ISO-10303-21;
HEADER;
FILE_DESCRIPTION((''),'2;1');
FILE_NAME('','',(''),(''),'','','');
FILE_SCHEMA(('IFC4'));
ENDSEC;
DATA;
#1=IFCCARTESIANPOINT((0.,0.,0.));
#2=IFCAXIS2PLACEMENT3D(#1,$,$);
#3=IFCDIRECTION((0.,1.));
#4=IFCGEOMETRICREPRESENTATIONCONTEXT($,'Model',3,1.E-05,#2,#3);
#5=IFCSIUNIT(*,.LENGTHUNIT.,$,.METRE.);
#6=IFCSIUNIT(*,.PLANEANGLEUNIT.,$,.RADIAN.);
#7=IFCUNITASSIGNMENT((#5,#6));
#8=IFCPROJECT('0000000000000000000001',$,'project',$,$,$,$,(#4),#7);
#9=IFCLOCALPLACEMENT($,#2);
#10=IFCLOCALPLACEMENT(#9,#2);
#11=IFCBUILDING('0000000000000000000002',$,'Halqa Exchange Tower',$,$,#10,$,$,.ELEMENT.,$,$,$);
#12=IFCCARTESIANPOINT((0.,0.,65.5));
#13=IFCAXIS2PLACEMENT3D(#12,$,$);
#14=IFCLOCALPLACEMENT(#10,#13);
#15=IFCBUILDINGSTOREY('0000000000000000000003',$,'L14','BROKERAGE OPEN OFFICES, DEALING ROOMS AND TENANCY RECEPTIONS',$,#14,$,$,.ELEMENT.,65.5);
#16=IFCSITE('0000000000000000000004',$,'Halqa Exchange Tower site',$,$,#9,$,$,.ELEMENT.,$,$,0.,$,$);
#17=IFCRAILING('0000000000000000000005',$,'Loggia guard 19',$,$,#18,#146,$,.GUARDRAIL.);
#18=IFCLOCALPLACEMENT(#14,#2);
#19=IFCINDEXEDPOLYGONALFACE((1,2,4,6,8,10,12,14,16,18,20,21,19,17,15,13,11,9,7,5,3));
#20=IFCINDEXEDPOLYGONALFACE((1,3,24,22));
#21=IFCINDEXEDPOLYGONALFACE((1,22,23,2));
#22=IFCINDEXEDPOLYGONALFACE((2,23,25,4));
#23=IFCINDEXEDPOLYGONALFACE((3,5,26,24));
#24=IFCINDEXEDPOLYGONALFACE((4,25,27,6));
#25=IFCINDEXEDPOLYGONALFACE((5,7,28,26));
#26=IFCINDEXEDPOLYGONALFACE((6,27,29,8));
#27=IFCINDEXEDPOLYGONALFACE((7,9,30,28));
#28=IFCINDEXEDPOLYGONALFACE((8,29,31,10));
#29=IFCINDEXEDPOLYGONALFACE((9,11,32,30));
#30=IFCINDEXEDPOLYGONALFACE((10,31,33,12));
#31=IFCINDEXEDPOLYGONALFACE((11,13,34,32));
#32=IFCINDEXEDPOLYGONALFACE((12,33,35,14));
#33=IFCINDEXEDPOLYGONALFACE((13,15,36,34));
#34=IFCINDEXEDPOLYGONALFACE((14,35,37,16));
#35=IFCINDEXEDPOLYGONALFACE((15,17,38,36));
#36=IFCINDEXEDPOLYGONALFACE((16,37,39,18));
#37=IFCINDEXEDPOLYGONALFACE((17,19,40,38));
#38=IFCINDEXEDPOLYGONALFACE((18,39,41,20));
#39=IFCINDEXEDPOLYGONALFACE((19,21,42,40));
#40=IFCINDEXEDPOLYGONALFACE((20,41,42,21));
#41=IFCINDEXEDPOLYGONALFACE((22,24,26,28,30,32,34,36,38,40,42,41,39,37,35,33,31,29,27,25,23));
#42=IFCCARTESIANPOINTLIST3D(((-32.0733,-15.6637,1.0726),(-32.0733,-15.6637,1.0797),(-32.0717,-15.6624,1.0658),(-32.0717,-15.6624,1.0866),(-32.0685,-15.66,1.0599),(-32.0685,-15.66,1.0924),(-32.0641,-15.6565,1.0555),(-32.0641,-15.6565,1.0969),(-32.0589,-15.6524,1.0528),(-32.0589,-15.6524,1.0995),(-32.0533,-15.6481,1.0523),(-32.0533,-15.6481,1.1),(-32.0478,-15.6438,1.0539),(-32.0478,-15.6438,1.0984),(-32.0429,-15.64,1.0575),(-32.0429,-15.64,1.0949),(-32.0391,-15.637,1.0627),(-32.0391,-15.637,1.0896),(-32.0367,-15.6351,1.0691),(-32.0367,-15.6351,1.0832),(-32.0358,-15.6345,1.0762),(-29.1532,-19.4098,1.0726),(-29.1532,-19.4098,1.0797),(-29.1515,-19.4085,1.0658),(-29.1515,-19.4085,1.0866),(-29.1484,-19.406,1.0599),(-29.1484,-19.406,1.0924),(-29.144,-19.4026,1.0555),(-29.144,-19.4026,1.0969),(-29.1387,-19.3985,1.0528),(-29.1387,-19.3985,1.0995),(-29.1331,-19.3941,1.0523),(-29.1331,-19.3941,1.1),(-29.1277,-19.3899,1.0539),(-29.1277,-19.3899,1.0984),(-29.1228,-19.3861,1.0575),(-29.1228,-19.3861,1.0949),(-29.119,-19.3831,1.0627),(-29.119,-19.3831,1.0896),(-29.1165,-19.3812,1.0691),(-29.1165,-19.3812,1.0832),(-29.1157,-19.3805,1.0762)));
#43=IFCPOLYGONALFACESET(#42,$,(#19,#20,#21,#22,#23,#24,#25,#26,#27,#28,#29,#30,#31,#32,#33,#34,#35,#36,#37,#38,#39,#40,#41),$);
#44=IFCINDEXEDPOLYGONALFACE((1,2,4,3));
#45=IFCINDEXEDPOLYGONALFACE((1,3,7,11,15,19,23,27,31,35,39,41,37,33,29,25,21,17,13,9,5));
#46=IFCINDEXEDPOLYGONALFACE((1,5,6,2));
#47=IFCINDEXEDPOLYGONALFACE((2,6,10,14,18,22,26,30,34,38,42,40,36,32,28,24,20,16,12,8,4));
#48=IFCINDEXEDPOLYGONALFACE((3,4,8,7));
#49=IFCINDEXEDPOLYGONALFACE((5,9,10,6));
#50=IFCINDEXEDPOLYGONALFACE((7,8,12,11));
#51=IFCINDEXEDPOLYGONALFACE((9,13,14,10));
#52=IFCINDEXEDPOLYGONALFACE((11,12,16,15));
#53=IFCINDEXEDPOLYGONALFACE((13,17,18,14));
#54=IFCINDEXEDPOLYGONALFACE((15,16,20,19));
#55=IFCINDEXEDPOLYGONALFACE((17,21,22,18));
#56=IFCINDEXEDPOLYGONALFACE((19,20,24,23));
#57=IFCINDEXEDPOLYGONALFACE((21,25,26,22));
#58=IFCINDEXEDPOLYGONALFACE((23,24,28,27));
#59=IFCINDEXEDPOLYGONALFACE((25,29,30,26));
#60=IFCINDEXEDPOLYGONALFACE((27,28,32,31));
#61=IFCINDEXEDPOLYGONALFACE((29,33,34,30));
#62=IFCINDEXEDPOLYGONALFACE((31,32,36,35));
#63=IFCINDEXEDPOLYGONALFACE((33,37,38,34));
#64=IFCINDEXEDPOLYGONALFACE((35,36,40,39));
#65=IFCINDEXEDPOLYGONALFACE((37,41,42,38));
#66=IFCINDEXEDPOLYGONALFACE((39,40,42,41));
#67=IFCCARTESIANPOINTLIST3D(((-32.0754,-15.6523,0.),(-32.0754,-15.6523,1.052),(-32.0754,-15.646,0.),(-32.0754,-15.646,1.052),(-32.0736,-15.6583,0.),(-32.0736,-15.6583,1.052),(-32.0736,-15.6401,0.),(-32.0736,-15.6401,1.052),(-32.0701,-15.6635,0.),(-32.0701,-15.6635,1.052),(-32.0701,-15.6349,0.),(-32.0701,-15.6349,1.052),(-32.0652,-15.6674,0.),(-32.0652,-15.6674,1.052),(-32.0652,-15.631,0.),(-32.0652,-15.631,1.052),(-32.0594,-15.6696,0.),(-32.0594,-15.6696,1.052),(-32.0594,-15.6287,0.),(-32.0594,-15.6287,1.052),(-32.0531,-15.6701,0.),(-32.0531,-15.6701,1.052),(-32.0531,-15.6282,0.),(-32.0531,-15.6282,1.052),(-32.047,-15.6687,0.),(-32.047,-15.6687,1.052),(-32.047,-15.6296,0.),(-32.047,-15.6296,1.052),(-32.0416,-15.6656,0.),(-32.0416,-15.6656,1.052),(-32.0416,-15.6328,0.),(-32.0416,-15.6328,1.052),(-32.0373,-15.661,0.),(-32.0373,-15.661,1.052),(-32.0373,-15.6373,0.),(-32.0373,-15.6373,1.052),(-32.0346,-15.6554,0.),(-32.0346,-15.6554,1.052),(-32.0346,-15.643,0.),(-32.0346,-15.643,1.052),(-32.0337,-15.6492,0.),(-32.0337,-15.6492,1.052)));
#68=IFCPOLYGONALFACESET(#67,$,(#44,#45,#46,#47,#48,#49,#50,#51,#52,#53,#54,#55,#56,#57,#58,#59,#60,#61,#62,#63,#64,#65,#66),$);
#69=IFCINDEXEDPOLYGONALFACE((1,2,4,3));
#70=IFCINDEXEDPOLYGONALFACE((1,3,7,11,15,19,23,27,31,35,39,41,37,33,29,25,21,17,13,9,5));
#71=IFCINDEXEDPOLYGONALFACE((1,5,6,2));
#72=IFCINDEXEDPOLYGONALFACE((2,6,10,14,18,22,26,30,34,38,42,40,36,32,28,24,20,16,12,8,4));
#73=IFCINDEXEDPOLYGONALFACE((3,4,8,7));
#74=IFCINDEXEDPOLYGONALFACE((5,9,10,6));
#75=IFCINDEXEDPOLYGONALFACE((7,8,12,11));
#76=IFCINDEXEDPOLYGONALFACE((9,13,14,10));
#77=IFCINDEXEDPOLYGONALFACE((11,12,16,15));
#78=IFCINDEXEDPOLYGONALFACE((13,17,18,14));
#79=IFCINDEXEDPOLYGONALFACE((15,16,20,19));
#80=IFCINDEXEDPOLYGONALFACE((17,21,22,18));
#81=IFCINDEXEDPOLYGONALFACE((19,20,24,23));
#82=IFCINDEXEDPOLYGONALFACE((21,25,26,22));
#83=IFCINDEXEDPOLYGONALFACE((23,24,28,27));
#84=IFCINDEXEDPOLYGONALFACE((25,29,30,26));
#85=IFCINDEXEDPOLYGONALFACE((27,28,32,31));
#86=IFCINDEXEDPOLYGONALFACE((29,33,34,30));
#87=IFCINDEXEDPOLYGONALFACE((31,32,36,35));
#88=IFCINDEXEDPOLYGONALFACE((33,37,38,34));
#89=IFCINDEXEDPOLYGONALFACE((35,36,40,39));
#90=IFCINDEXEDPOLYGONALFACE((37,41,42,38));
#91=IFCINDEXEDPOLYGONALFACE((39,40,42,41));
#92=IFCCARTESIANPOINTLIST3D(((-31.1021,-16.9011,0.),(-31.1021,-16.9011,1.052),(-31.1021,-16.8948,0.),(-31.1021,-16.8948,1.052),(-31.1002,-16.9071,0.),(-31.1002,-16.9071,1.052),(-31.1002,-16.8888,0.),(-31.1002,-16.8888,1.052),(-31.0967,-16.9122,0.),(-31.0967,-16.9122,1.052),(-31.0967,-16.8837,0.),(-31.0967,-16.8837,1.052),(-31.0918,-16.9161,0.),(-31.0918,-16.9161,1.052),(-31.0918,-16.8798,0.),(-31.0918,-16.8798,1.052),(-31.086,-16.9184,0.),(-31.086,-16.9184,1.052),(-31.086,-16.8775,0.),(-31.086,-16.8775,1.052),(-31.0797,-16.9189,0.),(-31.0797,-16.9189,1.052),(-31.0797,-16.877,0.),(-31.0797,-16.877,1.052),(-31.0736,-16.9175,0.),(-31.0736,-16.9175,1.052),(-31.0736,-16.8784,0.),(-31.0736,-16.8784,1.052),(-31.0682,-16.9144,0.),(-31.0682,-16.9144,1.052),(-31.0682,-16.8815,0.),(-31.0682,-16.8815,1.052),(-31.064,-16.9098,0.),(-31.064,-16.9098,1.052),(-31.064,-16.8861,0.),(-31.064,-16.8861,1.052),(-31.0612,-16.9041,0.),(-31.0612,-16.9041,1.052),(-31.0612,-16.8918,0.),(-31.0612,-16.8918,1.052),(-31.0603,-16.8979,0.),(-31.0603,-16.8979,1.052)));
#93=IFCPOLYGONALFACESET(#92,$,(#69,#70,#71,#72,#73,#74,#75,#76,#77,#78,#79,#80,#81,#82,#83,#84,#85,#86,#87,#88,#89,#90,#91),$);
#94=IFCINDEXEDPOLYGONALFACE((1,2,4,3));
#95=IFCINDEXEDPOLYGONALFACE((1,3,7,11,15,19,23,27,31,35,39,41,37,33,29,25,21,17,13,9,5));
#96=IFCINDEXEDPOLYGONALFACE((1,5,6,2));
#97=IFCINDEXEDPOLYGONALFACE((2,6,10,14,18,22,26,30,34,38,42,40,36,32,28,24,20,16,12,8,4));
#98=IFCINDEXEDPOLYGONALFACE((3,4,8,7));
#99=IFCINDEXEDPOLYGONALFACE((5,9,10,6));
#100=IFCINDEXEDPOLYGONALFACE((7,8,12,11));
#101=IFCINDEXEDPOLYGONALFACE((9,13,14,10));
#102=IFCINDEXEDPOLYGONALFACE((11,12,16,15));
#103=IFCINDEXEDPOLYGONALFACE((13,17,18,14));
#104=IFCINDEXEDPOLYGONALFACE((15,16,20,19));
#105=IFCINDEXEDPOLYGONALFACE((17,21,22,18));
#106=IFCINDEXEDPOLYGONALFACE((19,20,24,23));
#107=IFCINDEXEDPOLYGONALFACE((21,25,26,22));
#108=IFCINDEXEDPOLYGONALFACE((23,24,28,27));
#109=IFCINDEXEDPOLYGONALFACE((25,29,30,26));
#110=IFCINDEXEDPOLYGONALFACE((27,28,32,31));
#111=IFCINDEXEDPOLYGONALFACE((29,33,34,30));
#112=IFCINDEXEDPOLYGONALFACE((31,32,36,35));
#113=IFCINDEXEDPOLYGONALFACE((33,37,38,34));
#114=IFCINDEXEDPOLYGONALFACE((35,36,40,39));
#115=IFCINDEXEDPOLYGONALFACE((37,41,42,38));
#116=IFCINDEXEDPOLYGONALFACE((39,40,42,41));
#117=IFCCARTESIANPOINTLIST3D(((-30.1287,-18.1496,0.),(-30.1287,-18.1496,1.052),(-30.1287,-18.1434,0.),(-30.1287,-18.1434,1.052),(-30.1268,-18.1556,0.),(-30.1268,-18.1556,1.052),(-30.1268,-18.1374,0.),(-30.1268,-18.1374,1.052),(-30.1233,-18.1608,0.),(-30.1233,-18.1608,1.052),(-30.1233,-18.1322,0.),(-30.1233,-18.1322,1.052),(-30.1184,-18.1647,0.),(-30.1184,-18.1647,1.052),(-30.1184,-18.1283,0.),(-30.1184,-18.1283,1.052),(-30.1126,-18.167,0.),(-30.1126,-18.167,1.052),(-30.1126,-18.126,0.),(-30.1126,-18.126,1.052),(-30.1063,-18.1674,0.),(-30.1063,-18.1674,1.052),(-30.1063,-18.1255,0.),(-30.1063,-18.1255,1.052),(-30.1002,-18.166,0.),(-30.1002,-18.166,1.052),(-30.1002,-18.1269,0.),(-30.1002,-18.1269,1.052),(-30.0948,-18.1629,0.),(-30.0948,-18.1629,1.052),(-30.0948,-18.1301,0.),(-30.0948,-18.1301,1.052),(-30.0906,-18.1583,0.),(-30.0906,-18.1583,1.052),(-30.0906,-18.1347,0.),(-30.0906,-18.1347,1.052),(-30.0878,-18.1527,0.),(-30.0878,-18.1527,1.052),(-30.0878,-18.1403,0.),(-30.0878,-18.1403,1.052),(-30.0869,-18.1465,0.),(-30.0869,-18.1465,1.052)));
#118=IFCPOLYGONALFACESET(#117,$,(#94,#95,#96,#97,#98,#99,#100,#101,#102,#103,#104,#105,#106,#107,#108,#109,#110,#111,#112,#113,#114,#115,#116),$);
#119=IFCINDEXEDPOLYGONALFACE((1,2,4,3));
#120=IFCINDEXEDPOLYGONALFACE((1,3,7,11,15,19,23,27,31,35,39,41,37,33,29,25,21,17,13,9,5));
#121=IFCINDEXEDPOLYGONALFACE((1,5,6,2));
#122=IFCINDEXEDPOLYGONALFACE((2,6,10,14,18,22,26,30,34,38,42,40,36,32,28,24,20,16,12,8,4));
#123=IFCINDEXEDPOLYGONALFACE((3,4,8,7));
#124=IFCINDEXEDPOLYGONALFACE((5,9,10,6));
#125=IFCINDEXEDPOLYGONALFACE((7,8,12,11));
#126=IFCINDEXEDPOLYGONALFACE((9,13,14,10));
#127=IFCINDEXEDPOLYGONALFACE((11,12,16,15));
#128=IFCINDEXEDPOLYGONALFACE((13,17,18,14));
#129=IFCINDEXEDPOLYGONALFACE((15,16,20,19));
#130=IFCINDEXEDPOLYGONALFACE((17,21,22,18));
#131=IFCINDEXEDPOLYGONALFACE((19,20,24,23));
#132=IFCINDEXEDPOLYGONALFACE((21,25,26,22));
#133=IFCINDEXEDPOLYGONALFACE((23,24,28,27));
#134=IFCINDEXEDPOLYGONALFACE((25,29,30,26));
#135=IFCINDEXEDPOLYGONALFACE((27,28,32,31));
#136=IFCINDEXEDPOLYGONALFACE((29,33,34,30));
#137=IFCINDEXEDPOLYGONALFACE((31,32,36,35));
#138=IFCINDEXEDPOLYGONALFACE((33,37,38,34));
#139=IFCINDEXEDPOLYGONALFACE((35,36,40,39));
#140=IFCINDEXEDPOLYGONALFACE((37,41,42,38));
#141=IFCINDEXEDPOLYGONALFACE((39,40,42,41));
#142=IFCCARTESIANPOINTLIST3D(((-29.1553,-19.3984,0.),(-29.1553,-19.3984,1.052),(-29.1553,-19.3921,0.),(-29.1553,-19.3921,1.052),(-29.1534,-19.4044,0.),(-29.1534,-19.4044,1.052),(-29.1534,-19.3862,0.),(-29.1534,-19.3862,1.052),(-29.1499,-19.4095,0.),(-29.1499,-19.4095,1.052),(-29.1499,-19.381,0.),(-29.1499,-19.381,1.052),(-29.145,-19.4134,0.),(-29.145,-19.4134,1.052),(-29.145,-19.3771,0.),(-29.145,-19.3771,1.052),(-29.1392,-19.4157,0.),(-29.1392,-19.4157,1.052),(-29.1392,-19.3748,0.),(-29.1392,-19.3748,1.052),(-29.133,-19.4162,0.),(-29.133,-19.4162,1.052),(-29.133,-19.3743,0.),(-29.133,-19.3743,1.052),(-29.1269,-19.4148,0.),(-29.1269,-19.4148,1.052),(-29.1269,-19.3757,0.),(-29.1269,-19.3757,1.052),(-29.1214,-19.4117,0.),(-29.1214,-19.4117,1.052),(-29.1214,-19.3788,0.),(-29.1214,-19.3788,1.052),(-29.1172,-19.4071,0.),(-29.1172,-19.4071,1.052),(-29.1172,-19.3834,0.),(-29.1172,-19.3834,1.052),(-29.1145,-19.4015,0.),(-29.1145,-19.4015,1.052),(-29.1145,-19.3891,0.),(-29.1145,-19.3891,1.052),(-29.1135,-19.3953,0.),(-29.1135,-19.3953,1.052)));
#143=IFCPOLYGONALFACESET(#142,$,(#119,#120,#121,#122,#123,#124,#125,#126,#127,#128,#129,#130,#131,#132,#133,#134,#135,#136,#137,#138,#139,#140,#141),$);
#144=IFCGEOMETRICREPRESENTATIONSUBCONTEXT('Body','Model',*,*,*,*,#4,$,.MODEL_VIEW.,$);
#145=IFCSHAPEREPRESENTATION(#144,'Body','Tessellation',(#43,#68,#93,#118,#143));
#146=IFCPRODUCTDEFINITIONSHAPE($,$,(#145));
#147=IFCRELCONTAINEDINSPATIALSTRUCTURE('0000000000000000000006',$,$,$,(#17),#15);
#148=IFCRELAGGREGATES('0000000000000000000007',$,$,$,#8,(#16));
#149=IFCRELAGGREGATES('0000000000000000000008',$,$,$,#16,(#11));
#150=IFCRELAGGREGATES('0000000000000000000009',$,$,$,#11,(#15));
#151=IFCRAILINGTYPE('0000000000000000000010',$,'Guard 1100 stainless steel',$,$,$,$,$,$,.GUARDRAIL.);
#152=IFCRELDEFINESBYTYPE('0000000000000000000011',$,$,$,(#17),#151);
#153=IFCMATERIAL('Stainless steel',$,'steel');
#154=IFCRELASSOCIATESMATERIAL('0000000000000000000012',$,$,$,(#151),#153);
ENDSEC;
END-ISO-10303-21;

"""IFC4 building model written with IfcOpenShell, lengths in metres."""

from ifc_helpers import new_model, si_unit, direction, frame, origin, origin_2d, place, context, subcontext, project, spatial, circle, extrude, material, type_object, element, save


model = new_model("IFC4")

# Units and contexts
model_context = context("Model", 3, precision=1e-05, world=origin(), true_north=direction((0.0, 1.0)))
body_context = subcontext(model_context, "Body", "Model", "MODEL_VIEW")
ifc_project = project(units=[si_unit("LENGTHUNIT", "METRE"), si_unit("PLANEANGLEUNIT", "RADIAN")], contexts=[model_context])

# Site, building, storey
site_placement = place(None, origin())
site = spatial("IfcSite", under=ifc_project, at=site_placement, Name="Halqa Exchange Tower site", CompositionType="ELEMENT", RefElevation=0.0)
building_placement = place(site_placement, origin())
building = spatial("IfcBuilding", under=site, at=building_placement, Name="Halqa Exchange Tower", CompositionType="ELEMENT")
storey_placement = place(building_placement, frame((0.0, 0.0, 65.5)))
storey = spatial("IfcBuildingStorey", under=building, at=storey_placement, Name="L14", Description="BROKERAGE OPEN OFFICES, DEALING ROOMS AND TENANCY RECEPTIONS", CompositionType="ELEMENT", Elevation=65.5)

# Railing
ifc_material_1 = material(Name="Stainless steel", Category="steel")
railing_type = type_object("IfcRailingType", Name="Guard 1100 stainless steel", PredefinedType="GUARDRAIL", material=ifc_material_1)
railing_1_placement = place(storey_placement, frame((-32.0547, -15.6492, 0.0)))
element("IfcRailing", 1, at=railing_1_placement, inside=storey, type_object=railing_type, Name="Loggia guard 19", PredefinedType="GUARDRAIL", context=body_context, shape_type="SweptSolid", body=[
    extrude(circle(Radius=0.0239, at=origin_2d()), frame((0.0, 0.0, 1.0762), z_axis=(0.614798, -0.788685, 0.0), x_axis=(0.788685, 0.614798, 0.0)), (0.0, 0.0, 1.0), 4.7498),
    extrude(circle(Radius=0.021, at=origin_2d()), origin(), (0.0, 0.0, 1.0), 1.052),
    extrude(circle(Radius=0.021, at=origin_2d()), frame((0.9734, -1.2488, 0.0)), (0.0, 0.0, 1.0), 1.052),
    extrude(circle(Radius=0.021, at=origin_2d()), frame((1.9468, -2.4973, 0.0)), (0.0, 0.0, 1.0), 1.052),
    extrude(circle(Radius=0.021, at=origin_2d()), frame((2.9202, -3.7461, 0.0)), (0.0, 0.0, 1.0), 1.052),
])

save(model, "model.ifc")
